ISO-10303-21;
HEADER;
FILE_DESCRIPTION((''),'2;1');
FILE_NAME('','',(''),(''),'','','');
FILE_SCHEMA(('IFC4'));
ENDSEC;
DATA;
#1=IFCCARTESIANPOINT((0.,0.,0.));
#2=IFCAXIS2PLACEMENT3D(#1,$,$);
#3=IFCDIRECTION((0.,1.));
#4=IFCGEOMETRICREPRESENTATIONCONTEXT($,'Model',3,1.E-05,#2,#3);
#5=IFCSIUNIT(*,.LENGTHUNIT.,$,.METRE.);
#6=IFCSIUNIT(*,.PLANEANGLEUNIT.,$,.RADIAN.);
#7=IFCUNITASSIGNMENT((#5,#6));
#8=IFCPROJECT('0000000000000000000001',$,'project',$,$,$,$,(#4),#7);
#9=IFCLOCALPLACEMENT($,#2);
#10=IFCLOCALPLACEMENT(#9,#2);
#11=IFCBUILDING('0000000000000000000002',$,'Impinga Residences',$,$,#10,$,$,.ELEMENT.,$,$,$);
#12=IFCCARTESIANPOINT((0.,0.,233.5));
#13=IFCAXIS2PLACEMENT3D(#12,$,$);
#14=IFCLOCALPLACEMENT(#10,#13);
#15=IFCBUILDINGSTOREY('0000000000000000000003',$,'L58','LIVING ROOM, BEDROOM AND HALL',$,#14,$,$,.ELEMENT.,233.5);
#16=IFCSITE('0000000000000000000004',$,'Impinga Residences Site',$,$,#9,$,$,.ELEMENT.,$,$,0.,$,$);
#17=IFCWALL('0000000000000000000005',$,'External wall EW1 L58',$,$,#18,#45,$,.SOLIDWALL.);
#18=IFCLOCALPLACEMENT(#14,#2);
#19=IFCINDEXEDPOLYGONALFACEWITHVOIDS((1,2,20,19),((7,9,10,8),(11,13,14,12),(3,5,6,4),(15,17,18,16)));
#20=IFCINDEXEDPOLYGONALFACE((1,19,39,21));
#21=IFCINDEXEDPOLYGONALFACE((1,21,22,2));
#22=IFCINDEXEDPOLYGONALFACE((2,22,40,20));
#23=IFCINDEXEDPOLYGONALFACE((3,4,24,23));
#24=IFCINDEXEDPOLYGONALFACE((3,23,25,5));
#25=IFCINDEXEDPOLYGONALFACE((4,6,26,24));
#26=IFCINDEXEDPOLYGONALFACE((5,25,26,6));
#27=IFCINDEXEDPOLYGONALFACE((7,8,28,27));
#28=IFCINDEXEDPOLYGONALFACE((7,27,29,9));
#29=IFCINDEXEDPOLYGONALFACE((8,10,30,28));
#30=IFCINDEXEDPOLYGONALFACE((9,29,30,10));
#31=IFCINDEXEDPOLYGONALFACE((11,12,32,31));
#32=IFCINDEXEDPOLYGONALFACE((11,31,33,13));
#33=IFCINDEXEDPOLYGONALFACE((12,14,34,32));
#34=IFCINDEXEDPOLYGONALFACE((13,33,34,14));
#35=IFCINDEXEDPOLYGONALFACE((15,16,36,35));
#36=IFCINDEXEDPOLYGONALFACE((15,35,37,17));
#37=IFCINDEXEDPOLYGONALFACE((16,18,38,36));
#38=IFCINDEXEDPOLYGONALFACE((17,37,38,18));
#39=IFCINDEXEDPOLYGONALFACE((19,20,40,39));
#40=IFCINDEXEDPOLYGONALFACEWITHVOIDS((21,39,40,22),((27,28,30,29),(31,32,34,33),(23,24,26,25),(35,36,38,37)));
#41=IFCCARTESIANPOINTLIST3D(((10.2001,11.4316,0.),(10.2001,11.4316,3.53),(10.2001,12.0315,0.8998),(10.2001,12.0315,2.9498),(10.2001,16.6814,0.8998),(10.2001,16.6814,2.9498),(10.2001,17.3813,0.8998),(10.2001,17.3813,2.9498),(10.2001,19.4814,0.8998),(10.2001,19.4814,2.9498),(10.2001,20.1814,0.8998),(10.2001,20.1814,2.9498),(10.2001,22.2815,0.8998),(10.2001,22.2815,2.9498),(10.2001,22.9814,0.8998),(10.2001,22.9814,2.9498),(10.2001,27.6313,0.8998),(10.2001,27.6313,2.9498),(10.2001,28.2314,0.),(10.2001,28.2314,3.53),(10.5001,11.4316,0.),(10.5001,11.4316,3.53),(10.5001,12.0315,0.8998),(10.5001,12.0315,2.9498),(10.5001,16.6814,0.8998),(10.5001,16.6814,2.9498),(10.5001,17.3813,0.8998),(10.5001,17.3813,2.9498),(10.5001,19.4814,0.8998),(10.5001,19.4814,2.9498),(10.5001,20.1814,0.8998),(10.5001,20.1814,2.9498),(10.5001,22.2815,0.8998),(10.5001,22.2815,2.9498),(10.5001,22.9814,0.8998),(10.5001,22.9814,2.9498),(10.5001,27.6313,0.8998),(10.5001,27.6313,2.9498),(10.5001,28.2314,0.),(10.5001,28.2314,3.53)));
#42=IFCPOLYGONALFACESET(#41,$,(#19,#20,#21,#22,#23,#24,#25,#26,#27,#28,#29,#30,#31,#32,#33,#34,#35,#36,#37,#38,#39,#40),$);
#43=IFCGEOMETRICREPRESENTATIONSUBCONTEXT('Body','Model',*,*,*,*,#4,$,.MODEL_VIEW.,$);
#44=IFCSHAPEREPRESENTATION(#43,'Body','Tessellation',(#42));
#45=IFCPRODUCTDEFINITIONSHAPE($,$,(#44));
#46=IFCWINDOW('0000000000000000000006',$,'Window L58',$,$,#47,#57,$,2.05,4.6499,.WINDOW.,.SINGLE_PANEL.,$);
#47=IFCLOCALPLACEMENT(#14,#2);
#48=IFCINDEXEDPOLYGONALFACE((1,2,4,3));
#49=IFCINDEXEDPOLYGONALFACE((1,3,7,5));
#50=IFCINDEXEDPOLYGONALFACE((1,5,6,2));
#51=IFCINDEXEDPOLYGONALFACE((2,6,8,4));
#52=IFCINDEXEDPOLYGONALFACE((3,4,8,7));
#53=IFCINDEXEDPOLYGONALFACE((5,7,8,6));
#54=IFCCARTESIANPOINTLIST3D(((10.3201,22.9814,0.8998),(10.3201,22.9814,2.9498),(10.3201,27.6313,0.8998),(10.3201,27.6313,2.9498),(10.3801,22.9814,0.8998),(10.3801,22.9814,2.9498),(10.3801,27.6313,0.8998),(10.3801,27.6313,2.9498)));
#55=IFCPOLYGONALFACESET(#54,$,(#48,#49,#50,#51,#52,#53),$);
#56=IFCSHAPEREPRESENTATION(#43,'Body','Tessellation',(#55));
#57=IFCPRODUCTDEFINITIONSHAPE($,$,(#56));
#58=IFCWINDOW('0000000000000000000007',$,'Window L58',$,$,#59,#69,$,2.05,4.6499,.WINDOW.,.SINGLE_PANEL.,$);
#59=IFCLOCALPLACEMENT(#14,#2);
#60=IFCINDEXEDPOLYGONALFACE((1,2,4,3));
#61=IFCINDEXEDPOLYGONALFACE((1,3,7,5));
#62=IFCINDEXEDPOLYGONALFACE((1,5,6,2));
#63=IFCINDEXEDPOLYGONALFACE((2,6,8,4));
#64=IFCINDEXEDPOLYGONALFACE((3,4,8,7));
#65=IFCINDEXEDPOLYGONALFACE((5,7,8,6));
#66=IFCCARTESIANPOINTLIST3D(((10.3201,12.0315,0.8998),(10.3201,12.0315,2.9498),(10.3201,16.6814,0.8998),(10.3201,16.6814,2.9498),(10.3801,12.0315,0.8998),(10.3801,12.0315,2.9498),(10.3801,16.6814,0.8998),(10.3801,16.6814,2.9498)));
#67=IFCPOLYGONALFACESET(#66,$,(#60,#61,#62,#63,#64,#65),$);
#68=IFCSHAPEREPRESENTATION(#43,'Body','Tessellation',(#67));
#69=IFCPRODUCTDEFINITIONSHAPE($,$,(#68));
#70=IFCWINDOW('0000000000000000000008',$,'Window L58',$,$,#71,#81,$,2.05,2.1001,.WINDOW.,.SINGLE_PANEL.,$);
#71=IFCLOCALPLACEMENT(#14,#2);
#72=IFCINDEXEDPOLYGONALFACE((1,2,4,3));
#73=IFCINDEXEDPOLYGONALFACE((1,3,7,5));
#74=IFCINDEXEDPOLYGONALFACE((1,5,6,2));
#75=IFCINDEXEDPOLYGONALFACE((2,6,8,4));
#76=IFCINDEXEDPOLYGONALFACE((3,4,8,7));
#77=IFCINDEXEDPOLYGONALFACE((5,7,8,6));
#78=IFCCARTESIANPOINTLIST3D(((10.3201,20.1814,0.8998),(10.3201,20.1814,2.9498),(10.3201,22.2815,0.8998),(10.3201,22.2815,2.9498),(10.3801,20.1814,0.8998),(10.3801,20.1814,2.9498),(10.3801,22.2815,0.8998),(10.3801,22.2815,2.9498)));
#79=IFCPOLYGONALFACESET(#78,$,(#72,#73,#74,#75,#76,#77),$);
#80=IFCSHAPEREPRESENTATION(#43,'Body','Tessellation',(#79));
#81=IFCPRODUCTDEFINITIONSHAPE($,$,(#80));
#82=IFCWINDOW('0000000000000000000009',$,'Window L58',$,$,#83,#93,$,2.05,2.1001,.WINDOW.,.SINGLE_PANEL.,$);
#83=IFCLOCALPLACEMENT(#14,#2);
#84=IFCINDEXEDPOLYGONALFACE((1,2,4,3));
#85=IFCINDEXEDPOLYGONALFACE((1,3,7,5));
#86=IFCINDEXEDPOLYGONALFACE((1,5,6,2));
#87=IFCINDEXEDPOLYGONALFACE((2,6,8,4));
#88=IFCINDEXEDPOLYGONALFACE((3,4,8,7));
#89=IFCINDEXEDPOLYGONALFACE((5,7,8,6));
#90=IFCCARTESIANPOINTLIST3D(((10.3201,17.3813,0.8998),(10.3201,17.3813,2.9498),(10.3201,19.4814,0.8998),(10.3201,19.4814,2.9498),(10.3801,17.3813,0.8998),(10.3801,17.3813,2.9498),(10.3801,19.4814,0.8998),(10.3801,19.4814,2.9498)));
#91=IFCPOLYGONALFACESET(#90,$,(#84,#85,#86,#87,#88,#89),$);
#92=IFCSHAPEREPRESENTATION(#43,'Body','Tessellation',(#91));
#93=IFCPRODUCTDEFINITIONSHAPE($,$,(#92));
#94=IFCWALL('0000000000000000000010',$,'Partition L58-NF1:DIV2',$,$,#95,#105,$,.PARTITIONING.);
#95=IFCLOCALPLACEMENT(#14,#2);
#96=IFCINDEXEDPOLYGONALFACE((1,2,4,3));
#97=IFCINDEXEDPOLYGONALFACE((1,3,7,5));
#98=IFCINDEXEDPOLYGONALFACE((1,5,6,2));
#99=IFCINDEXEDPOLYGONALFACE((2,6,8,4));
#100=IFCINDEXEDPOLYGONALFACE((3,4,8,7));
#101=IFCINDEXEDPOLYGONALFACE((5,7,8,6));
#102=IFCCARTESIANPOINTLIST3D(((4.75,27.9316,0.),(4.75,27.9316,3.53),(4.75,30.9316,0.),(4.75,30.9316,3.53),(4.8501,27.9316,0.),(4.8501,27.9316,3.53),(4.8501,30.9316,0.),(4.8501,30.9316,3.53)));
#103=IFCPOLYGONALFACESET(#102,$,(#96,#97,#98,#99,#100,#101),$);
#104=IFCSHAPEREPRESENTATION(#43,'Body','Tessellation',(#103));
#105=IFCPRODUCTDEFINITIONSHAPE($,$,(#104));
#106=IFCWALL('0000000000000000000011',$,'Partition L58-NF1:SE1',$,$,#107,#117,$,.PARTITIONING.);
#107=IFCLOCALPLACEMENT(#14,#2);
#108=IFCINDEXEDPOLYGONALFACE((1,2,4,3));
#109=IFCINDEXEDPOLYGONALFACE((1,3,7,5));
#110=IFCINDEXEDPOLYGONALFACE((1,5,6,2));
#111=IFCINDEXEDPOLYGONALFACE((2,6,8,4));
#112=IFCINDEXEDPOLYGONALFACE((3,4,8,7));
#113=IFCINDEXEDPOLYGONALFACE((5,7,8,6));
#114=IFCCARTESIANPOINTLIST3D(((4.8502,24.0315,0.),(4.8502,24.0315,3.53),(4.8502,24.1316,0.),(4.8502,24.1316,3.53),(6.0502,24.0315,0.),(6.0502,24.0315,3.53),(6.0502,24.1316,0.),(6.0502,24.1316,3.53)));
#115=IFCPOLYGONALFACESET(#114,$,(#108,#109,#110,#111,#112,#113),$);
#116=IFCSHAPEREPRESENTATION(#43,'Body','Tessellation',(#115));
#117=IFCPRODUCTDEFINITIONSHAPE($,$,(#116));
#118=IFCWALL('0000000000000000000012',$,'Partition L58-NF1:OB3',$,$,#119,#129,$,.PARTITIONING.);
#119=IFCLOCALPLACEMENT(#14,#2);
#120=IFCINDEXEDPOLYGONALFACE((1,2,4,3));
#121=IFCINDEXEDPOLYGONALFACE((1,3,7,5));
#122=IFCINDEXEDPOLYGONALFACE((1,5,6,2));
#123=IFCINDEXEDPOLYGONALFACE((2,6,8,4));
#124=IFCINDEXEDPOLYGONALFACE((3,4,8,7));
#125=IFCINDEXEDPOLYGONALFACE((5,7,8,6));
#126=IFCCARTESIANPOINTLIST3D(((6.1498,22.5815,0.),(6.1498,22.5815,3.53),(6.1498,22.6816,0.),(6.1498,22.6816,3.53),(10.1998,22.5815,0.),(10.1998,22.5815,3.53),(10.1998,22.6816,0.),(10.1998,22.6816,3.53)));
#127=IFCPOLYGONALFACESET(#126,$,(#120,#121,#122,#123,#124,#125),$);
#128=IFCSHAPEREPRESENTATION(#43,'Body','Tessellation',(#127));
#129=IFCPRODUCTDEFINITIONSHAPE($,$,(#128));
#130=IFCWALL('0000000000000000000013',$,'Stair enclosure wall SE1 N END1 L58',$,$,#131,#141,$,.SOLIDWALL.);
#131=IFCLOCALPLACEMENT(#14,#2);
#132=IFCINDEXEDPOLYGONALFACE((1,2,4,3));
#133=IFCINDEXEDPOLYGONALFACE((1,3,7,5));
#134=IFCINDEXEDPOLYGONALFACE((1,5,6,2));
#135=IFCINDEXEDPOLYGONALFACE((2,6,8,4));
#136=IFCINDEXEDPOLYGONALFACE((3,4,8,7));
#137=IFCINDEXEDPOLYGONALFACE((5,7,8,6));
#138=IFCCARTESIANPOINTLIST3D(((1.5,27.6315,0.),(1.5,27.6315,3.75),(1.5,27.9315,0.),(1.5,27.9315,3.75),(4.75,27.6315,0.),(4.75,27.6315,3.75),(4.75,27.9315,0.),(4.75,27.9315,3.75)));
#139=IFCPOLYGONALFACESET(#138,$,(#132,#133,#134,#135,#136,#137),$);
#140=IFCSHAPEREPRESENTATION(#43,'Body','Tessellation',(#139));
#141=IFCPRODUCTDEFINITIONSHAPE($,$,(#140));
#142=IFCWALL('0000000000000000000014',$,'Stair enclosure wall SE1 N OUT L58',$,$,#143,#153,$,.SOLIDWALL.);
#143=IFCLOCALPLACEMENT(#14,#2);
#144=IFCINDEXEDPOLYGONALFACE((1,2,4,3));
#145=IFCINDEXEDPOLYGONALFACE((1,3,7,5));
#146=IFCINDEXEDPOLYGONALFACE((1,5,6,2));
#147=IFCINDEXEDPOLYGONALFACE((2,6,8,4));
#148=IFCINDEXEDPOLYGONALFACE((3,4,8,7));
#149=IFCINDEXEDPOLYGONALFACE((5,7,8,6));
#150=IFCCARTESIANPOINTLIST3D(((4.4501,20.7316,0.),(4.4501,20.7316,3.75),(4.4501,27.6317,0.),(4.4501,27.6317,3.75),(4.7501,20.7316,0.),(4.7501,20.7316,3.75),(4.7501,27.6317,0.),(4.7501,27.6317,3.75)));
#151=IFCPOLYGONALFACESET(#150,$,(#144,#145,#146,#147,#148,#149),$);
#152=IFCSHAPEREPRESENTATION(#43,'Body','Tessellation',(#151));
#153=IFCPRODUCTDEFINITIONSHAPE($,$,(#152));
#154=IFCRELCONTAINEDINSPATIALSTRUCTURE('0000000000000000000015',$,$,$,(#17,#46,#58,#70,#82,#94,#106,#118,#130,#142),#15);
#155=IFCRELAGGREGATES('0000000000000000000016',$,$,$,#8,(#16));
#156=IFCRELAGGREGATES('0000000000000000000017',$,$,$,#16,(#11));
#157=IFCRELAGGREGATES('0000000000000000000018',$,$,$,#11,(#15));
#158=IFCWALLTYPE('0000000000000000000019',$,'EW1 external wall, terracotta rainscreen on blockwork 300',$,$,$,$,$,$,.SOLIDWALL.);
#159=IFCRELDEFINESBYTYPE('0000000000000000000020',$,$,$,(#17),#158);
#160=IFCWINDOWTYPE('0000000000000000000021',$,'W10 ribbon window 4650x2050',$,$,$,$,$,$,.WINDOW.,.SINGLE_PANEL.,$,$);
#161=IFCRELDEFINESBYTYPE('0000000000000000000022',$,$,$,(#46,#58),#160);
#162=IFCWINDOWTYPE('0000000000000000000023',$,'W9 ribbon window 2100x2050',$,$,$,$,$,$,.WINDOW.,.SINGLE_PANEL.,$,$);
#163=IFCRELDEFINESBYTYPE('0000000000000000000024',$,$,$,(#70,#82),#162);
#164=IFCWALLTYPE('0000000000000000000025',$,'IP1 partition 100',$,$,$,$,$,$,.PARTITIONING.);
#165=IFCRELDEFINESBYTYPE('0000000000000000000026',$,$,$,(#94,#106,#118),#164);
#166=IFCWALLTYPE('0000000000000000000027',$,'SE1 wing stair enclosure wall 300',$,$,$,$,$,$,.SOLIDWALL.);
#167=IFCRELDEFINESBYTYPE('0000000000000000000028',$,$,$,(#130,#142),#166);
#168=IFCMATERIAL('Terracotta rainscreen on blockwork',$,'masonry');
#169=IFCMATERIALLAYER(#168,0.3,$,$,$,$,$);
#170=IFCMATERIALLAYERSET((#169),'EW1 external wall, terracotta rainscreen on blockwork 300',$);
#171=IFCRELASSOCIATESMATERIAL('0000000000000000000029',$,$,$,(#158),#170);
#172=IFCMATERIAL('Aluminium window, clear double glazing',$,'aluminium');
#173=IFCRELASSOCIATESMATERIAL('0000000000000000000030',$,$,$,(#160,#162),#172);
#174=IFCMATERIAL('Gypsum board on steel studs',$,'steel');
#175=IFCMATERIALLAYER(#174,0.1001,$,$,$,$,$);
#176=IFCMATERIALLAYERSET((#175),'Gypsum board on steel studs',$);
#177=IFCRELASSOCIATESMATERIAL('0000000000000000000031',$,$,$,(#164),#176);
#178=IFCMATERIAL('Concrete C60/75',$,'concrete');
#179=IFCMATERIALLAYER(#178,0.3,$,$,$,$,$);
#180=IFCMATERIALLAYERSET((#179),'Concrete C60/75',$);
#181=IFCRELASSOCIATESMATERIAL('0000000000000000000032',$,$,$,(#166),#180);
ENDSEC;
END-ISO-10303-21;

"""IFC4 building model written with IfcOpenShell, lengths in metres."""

from ifc_helpers import new_model, si_unit, direction, frame, frame_2d, origin, place, context, subcontext, project, spatial, rectangle, extrude, material, layer, layer_set, type_object, element, fill, save


model = new_model("IFC4")

# Units and contexts
model_context = context("Model", 3, precision=1e-05, world=origin(), true_north=direction((0.0, 1.0)))
body_context = subcontext(model_context, "Body", "Model", "MODEL_VIEW")
ifc_project = project(units=[si_unit("LENGTHUNIT", "METRE"), si_unit("PLANEANGLEUNIT", "RADIAN")], contexts=[model_context])

# Site, building, storey
site_placement = place(None, origin())
site = spatial("IfcSite", under=ifc_project, at=site_placement, Name="Impinga Residences Site", CompositionType="ELEMENT", RefElevation=0.0)
building_placement = place(site_placement, origin())
building = spatial("IfcBuilding", under=site, at=building_placement, Name="Impinga Residences", CompositionType="ELEMENT")
storey_placement = place(building_placement, frame((0.0, 0.0, 233.5)))
storey = spatial("IfcBuildingStorey", under=building, at=storey_placement, Name="L58", Description="LIVING ROOM, BEDROOM AND HALL", CompositionType="ELEMENT", Elevation=233.5)

# Shared definitions
ifc_material_1 = material(Name="Concrete C60/75", Category="concrete")

# Shared definitions
ifc_material_2 = material(Name="Terracotta rainscreen on blockwork", Category="masonry")
ifc_layer_1 = layer(ifc_material_2, 0.3)
ifc_layer_set_1 = layer_set([ifc_layer_1], Name="EW1 external wall, terracotta rainscreen on blockwork 300")
wall_type_1 = type_object("IfcWallType", Name="EW1 external wall, terracotta rainscreen on blockwork 300", PredefinedType="SOLIDWALL", material=ifc_layer_set_1)

# Wall, openings, windows
wall_1_placement = place(storey_placement, frame((10.3501, 28.2314, 0.0), z_axis=(0.0, 0.0, 1.0), x_axis=(0.0, -1.0, 0.0)))
wall_1 = element("IfcWall", 1, at=wall_1_placement, inside=storey, type_object=wall_type_1, Name="External wall EW1 L58", PredefinedType="SOLIDWALL", context=body_context, shape_type="SweptSolid", body=[
    extrude(rectangle(XDim=16.7998, YDim=0.3, at=frame_2d((8.3999, 0.0))), origin(), (0.0, 0.0, 1.0), 3.53),
])
opening_1_placement = place(wall_1_placement, frame((0.6001, 0.0, 0.8999)))
opening_1 = element("IfcOpeningElement", 2, at=opening_1_placement, cuts=wall_1, PredefinedType="OPENING", context=body_context, shape_type="SweptSolid", body=[
    extrude(rectangle(XDim=4.6499, YDim=2.05, at=frame_2d((2.325, 1.0249))), frame((0.0, 0.1599, 0.0), z_axis=(0.0, -1.0, 0.0), x_axis=(1.0, 0.0, 0.0)), (0.0, 0.0, 1.0), 0.3201),
])
opening_2_placement = place(wall_1_placement, frame((5.95, 0.0, 0.8999)))
opening_2 = element("IfcOpeningElement", 3, at=opening_2_placement, cuts=wall_1, PredefinedType="OPENING", context=body_context, shape_type="SweptSolid", body=[
    extrude(rectangle(XDim=2.1001, YDim=2.05, at=frame_2d((1.05, 1.0249))), frame((0.0, 0.1599, 0.0), z_axis=(0.0, -1.0, 0.0), x_axis=(1.0, 0.0, 0.0)), (0.0, 0.0, 1.0), 0.3201),
])
opening_3_placement = place(wall_1_placement, frame((8.75, 0.0, 0.8999)))
opening_3 = element("IfcOpeningElement", 4, at=opening_3_placement, cuts=wall_1, PredefinedType="OPENING", context=body_context, shape_type="SweptSolid", body=[
    extrude(rectangle(XDim=2.1001, YDim=2.05, at=frame_2d((1.05, 1.0249))), frame((0.0, 0.1599, 0.0), z_axis=(0.0, -1.0, 0.0), x_axis=(1.0, 0.0, 0.0)), (0.0, 0.0, 1.0), 0.3201),
])
opening_4_placement = place(wall_1_placement, frame((11.55, 0.0, 0.8999)))
opening_4 = element("IfcOpeningElement", 5, at=opening_4_placement, cuts=wall_1, PredefinedType="OPENING", context=body_context, shape_type="SweptSolid", body=[
    extrude(rectangle(XDim=4.6499, YDim=2.05, at=frame_2d((2.325, 1.0249))), frame((0.0, 0.1599, 0.0), z_axis=(0.0, -1.0, 0.0), x_axis=(1.0, 0.0, 0.0)), (0.0, 0.0, 1.0), 0.3201),
])
ifc_material_3 = material(Name="Aluminium window, clear double glazing", Category="aluminium")
window_type_1 = type_object("IfcWindowType", Name="W10 ribbon window 4650x2050", PartitioningType="SINGLE_PANEL", PredefinedType="WINDOW", material=ifc_material_3)
window_1_placement = place(opening_1_placement, origin())
window_1 = element("IfcWindow", 6, at=window_1_placement, inside=storey, type_object=window_type_1, Name="Window L58", OverallHeight=2.05, OverallWidth=4.6499, PartitioningType="SINGLE_PANEL", PredefinedType="WINDOW", context=body_context, shape_type="SweptSolid", body=[
    extrude(rectangle(XDim=4.6499, YDim=2.05, at=frame_2d((2.325, 1.0249))), frame((0.0, 0.03, 0.0), z_axis=(0.0, -1.0, 0.0), x_axis=(1.0, 0.0, 0.0)), (0.0, 0.0, 1.0), 0.0601),
])
fill(opening_1, window_1)
window_2_placement = place(opening_4_placement, origin())
window_2 = element("IfcWindow", 7, at=window_2_placement, inside=storey, type_object=window_type_1, Name="Window L58", OverallHeight=2.05, OverallWidth=4.6499, PartitioningType="SINGLE_PANEL", PredefinedType="WINDOW", context=body_context, shape_type="SweptSolid", body=[
    extrude(rectangle(XDim=4.6499, YDim=2.05, at=frame_2d((2.325, 1.0249))), frame((0.0, 0.03, 0.0), z_axis=(0.0, -1.0, 0.0), x_axis=(1.0, 0.0, 0.0)), (0.0, 0.0, 1.0), 0.0601),
])
fill(opening_4, window_2)
window_type_2 = type_object("IfcWindowType", Name="W9 ribbon window 2100x2050", PartitioningType="SINGLE_PANEL", PredefinedType="WINDOW", material=ifc_material_3)
window_3_placement = place(opening_2_placement, origin())
window_3 = element("IfcWindow", 8, at=window_3_placement, inside=storey, type_object=window_type_2, Name="Window L58", OverallHeight=2.05, OverallWidth=2.1001, PartitioningType="SINGLE_PANEL", PredefinedType="WINDOW", context=body_context, shape_type="SweptSolid", body=[
    extrude(rectangle(XDim=2.1001, YDim=2.05, at=frame_2d((1.05, 1.0249))), frame((0.0, 0.03, 0.0), z_axis=(0.0, -1.0, 0.0), x_axis=(1.0, 0.0, 0.0)), (0.0, 0.0, 1.0), 0.0601),
])
fill(opening_2, window_3)
window_4_placement = place(opening_3_placement, origin())
window_4 = element("IfcWindow", 9, at=window_4_placement, inside=storey, type_object=window_type_2, Name="Window L58", OverallHeight=2.05, OverallWidth=2.1001, PartitioningType="SINGLE_PANEL", PredefinedType="WINDOW", context=body_context, shape_type="SweptSolid", body=[
    extrude(rectangle(XDim=2.1001, YDim=2.05, at=frame_2d((1.05, 1.0249))), frame((0.0, 0.03, 0.0), z_axis=(0.0, -1.0, 0.0), x_axis=(1.0, 0.0, 0.0)), (0.0, 0.0, 1.0), 0.0601),
])
fill(opening_3, window_4)

# Walls
ifc_material_4 = material(Name="Gypsum board on steel studs", Category="steel")
ifc_layer_2 = layer(ifc_material_4, 0.1001)
ifc_layer_set_2 = layer_set([ifc_layer_2], Name="Gypsum board on steel studs")
wall_type_2 = type_object("IfcWallType", Name="IP1 partition 100", PredefinedType="PARTITIONING", material=ifc_layer_set_2)
wall_2_placement = place(storey_placement, frame((4.8, 27.9316, 0.0), z_axis=(0.0, 0.0, 1.0), x_axis=(0.0, 1.0, 0.0)))
element("IfcWall", 10, at=wall_2_placement, inside=storey, type_object=wall_type_2, Name="Partition L58-NF1:DIV2", PredefinedType="PARTITIONING", context=body_context, shape_type="SweptSolid", body=[
    extrude(rectangle(XDim=3.0, YDim=0.1001, at=frame_2d((1.5, 0.0))), origin(), (0.0, 0.0, 1.0), 3.53),
])
wall_3_placement = place(storey_placement, frame((4.8501, 24.0815, 0.0), z_axis=(0.0, 0.0, 1.0), x_axis=(1.0, 0.0, 0.0)))
element("IfcWall", 11, at=wall_3_placement, inside=storey, type_object=wall_type_2, Name="Partition L58-NF1:SE1", PredefinedType="PARTITIONING", context=body_context, shape_type="SweptSolid", body=[
    extrude(rectangle(XDim=1.2, YDim=0.1001, at=frame_2d((0.6001, 0.0))), origin(), (0.0, 0.0, 1.0), 3.53),
])
wall_4_placement = place(storey_placement, frame((6.1499, 22.6316, 0.0), z_axis=(0.0, 0.0, 1.0), x_axis=(1.0, 0.0, 0.0)))
element("IfcWall", 12, at=wall_4_placement, inside=storey, type_object=wall_type_2, Name="Partition L58-NF1:OB3", PredefinedType="PARTITIONING", context=body_context, shape_type="SweptSolid", body=[
    extrude(rectangle(XDim=4.05, YDim=0.1001, at=frame_2d((2.0249, 0.0))), origin(), (0.0, 0.0, 1.0), 3.53),
])
ifc_layer_3 = layer(ifc_material_1, 0.3)
ifc_layer_set_3 = layer_set([ifc_layer_3], Name="Concrete C60/75")
wall_type_3 = type_object("IfcWallType", Name="SE1 wing stair enclosure wall 300", PredefinedType="SOLIDWALL", material=ifc_layer_set_3)
wall_5_placement = place(storey_placement, frame((1.5, 27.7815, 0.0), z_axis=(0.0, 0.0, 1.0), x_axis=(1.0, 0.0, 0.0)))
element("IfcWall", 13, at=wall_5_placement, inside=storey, type_object=wall_type_3, Name="Stair enclosure wall SE1 N END1 L58", PredefinedType="SOLIDWALL", context=body_context, shape_type="SweptSolid", body=[
    extrude(rectangle(XDim=3.25, YDim=0.3, at=frame_2d((1.625, 0.0))), origin(), (0.0, 0.0, 1.0), 3.75),
])
wall_6_placement = place(storey_placement, frame((4.6001, 20.7314, 0.0), z_axis=(0.0, 0.0, 1.0), x_axis=(0.0, 1.0, 0.0)))
element("IfcWall", 14, at=wall_6_placement, inside=storey, type_object=wall_type_3, Name="Stair enclosure wall SE1 N OUT L58", PredefinedType="SOLIDWALL", context=body_context, shape_type="SweptSolid", body=[
    extrude(rectangle(XDim=6.9001, YDim=0.3, at=frame_2d((3.4502, 0.0))), origin(), (0.0, 0.0, 1.0), 3.75),
])

save(model, "model.ifc")
